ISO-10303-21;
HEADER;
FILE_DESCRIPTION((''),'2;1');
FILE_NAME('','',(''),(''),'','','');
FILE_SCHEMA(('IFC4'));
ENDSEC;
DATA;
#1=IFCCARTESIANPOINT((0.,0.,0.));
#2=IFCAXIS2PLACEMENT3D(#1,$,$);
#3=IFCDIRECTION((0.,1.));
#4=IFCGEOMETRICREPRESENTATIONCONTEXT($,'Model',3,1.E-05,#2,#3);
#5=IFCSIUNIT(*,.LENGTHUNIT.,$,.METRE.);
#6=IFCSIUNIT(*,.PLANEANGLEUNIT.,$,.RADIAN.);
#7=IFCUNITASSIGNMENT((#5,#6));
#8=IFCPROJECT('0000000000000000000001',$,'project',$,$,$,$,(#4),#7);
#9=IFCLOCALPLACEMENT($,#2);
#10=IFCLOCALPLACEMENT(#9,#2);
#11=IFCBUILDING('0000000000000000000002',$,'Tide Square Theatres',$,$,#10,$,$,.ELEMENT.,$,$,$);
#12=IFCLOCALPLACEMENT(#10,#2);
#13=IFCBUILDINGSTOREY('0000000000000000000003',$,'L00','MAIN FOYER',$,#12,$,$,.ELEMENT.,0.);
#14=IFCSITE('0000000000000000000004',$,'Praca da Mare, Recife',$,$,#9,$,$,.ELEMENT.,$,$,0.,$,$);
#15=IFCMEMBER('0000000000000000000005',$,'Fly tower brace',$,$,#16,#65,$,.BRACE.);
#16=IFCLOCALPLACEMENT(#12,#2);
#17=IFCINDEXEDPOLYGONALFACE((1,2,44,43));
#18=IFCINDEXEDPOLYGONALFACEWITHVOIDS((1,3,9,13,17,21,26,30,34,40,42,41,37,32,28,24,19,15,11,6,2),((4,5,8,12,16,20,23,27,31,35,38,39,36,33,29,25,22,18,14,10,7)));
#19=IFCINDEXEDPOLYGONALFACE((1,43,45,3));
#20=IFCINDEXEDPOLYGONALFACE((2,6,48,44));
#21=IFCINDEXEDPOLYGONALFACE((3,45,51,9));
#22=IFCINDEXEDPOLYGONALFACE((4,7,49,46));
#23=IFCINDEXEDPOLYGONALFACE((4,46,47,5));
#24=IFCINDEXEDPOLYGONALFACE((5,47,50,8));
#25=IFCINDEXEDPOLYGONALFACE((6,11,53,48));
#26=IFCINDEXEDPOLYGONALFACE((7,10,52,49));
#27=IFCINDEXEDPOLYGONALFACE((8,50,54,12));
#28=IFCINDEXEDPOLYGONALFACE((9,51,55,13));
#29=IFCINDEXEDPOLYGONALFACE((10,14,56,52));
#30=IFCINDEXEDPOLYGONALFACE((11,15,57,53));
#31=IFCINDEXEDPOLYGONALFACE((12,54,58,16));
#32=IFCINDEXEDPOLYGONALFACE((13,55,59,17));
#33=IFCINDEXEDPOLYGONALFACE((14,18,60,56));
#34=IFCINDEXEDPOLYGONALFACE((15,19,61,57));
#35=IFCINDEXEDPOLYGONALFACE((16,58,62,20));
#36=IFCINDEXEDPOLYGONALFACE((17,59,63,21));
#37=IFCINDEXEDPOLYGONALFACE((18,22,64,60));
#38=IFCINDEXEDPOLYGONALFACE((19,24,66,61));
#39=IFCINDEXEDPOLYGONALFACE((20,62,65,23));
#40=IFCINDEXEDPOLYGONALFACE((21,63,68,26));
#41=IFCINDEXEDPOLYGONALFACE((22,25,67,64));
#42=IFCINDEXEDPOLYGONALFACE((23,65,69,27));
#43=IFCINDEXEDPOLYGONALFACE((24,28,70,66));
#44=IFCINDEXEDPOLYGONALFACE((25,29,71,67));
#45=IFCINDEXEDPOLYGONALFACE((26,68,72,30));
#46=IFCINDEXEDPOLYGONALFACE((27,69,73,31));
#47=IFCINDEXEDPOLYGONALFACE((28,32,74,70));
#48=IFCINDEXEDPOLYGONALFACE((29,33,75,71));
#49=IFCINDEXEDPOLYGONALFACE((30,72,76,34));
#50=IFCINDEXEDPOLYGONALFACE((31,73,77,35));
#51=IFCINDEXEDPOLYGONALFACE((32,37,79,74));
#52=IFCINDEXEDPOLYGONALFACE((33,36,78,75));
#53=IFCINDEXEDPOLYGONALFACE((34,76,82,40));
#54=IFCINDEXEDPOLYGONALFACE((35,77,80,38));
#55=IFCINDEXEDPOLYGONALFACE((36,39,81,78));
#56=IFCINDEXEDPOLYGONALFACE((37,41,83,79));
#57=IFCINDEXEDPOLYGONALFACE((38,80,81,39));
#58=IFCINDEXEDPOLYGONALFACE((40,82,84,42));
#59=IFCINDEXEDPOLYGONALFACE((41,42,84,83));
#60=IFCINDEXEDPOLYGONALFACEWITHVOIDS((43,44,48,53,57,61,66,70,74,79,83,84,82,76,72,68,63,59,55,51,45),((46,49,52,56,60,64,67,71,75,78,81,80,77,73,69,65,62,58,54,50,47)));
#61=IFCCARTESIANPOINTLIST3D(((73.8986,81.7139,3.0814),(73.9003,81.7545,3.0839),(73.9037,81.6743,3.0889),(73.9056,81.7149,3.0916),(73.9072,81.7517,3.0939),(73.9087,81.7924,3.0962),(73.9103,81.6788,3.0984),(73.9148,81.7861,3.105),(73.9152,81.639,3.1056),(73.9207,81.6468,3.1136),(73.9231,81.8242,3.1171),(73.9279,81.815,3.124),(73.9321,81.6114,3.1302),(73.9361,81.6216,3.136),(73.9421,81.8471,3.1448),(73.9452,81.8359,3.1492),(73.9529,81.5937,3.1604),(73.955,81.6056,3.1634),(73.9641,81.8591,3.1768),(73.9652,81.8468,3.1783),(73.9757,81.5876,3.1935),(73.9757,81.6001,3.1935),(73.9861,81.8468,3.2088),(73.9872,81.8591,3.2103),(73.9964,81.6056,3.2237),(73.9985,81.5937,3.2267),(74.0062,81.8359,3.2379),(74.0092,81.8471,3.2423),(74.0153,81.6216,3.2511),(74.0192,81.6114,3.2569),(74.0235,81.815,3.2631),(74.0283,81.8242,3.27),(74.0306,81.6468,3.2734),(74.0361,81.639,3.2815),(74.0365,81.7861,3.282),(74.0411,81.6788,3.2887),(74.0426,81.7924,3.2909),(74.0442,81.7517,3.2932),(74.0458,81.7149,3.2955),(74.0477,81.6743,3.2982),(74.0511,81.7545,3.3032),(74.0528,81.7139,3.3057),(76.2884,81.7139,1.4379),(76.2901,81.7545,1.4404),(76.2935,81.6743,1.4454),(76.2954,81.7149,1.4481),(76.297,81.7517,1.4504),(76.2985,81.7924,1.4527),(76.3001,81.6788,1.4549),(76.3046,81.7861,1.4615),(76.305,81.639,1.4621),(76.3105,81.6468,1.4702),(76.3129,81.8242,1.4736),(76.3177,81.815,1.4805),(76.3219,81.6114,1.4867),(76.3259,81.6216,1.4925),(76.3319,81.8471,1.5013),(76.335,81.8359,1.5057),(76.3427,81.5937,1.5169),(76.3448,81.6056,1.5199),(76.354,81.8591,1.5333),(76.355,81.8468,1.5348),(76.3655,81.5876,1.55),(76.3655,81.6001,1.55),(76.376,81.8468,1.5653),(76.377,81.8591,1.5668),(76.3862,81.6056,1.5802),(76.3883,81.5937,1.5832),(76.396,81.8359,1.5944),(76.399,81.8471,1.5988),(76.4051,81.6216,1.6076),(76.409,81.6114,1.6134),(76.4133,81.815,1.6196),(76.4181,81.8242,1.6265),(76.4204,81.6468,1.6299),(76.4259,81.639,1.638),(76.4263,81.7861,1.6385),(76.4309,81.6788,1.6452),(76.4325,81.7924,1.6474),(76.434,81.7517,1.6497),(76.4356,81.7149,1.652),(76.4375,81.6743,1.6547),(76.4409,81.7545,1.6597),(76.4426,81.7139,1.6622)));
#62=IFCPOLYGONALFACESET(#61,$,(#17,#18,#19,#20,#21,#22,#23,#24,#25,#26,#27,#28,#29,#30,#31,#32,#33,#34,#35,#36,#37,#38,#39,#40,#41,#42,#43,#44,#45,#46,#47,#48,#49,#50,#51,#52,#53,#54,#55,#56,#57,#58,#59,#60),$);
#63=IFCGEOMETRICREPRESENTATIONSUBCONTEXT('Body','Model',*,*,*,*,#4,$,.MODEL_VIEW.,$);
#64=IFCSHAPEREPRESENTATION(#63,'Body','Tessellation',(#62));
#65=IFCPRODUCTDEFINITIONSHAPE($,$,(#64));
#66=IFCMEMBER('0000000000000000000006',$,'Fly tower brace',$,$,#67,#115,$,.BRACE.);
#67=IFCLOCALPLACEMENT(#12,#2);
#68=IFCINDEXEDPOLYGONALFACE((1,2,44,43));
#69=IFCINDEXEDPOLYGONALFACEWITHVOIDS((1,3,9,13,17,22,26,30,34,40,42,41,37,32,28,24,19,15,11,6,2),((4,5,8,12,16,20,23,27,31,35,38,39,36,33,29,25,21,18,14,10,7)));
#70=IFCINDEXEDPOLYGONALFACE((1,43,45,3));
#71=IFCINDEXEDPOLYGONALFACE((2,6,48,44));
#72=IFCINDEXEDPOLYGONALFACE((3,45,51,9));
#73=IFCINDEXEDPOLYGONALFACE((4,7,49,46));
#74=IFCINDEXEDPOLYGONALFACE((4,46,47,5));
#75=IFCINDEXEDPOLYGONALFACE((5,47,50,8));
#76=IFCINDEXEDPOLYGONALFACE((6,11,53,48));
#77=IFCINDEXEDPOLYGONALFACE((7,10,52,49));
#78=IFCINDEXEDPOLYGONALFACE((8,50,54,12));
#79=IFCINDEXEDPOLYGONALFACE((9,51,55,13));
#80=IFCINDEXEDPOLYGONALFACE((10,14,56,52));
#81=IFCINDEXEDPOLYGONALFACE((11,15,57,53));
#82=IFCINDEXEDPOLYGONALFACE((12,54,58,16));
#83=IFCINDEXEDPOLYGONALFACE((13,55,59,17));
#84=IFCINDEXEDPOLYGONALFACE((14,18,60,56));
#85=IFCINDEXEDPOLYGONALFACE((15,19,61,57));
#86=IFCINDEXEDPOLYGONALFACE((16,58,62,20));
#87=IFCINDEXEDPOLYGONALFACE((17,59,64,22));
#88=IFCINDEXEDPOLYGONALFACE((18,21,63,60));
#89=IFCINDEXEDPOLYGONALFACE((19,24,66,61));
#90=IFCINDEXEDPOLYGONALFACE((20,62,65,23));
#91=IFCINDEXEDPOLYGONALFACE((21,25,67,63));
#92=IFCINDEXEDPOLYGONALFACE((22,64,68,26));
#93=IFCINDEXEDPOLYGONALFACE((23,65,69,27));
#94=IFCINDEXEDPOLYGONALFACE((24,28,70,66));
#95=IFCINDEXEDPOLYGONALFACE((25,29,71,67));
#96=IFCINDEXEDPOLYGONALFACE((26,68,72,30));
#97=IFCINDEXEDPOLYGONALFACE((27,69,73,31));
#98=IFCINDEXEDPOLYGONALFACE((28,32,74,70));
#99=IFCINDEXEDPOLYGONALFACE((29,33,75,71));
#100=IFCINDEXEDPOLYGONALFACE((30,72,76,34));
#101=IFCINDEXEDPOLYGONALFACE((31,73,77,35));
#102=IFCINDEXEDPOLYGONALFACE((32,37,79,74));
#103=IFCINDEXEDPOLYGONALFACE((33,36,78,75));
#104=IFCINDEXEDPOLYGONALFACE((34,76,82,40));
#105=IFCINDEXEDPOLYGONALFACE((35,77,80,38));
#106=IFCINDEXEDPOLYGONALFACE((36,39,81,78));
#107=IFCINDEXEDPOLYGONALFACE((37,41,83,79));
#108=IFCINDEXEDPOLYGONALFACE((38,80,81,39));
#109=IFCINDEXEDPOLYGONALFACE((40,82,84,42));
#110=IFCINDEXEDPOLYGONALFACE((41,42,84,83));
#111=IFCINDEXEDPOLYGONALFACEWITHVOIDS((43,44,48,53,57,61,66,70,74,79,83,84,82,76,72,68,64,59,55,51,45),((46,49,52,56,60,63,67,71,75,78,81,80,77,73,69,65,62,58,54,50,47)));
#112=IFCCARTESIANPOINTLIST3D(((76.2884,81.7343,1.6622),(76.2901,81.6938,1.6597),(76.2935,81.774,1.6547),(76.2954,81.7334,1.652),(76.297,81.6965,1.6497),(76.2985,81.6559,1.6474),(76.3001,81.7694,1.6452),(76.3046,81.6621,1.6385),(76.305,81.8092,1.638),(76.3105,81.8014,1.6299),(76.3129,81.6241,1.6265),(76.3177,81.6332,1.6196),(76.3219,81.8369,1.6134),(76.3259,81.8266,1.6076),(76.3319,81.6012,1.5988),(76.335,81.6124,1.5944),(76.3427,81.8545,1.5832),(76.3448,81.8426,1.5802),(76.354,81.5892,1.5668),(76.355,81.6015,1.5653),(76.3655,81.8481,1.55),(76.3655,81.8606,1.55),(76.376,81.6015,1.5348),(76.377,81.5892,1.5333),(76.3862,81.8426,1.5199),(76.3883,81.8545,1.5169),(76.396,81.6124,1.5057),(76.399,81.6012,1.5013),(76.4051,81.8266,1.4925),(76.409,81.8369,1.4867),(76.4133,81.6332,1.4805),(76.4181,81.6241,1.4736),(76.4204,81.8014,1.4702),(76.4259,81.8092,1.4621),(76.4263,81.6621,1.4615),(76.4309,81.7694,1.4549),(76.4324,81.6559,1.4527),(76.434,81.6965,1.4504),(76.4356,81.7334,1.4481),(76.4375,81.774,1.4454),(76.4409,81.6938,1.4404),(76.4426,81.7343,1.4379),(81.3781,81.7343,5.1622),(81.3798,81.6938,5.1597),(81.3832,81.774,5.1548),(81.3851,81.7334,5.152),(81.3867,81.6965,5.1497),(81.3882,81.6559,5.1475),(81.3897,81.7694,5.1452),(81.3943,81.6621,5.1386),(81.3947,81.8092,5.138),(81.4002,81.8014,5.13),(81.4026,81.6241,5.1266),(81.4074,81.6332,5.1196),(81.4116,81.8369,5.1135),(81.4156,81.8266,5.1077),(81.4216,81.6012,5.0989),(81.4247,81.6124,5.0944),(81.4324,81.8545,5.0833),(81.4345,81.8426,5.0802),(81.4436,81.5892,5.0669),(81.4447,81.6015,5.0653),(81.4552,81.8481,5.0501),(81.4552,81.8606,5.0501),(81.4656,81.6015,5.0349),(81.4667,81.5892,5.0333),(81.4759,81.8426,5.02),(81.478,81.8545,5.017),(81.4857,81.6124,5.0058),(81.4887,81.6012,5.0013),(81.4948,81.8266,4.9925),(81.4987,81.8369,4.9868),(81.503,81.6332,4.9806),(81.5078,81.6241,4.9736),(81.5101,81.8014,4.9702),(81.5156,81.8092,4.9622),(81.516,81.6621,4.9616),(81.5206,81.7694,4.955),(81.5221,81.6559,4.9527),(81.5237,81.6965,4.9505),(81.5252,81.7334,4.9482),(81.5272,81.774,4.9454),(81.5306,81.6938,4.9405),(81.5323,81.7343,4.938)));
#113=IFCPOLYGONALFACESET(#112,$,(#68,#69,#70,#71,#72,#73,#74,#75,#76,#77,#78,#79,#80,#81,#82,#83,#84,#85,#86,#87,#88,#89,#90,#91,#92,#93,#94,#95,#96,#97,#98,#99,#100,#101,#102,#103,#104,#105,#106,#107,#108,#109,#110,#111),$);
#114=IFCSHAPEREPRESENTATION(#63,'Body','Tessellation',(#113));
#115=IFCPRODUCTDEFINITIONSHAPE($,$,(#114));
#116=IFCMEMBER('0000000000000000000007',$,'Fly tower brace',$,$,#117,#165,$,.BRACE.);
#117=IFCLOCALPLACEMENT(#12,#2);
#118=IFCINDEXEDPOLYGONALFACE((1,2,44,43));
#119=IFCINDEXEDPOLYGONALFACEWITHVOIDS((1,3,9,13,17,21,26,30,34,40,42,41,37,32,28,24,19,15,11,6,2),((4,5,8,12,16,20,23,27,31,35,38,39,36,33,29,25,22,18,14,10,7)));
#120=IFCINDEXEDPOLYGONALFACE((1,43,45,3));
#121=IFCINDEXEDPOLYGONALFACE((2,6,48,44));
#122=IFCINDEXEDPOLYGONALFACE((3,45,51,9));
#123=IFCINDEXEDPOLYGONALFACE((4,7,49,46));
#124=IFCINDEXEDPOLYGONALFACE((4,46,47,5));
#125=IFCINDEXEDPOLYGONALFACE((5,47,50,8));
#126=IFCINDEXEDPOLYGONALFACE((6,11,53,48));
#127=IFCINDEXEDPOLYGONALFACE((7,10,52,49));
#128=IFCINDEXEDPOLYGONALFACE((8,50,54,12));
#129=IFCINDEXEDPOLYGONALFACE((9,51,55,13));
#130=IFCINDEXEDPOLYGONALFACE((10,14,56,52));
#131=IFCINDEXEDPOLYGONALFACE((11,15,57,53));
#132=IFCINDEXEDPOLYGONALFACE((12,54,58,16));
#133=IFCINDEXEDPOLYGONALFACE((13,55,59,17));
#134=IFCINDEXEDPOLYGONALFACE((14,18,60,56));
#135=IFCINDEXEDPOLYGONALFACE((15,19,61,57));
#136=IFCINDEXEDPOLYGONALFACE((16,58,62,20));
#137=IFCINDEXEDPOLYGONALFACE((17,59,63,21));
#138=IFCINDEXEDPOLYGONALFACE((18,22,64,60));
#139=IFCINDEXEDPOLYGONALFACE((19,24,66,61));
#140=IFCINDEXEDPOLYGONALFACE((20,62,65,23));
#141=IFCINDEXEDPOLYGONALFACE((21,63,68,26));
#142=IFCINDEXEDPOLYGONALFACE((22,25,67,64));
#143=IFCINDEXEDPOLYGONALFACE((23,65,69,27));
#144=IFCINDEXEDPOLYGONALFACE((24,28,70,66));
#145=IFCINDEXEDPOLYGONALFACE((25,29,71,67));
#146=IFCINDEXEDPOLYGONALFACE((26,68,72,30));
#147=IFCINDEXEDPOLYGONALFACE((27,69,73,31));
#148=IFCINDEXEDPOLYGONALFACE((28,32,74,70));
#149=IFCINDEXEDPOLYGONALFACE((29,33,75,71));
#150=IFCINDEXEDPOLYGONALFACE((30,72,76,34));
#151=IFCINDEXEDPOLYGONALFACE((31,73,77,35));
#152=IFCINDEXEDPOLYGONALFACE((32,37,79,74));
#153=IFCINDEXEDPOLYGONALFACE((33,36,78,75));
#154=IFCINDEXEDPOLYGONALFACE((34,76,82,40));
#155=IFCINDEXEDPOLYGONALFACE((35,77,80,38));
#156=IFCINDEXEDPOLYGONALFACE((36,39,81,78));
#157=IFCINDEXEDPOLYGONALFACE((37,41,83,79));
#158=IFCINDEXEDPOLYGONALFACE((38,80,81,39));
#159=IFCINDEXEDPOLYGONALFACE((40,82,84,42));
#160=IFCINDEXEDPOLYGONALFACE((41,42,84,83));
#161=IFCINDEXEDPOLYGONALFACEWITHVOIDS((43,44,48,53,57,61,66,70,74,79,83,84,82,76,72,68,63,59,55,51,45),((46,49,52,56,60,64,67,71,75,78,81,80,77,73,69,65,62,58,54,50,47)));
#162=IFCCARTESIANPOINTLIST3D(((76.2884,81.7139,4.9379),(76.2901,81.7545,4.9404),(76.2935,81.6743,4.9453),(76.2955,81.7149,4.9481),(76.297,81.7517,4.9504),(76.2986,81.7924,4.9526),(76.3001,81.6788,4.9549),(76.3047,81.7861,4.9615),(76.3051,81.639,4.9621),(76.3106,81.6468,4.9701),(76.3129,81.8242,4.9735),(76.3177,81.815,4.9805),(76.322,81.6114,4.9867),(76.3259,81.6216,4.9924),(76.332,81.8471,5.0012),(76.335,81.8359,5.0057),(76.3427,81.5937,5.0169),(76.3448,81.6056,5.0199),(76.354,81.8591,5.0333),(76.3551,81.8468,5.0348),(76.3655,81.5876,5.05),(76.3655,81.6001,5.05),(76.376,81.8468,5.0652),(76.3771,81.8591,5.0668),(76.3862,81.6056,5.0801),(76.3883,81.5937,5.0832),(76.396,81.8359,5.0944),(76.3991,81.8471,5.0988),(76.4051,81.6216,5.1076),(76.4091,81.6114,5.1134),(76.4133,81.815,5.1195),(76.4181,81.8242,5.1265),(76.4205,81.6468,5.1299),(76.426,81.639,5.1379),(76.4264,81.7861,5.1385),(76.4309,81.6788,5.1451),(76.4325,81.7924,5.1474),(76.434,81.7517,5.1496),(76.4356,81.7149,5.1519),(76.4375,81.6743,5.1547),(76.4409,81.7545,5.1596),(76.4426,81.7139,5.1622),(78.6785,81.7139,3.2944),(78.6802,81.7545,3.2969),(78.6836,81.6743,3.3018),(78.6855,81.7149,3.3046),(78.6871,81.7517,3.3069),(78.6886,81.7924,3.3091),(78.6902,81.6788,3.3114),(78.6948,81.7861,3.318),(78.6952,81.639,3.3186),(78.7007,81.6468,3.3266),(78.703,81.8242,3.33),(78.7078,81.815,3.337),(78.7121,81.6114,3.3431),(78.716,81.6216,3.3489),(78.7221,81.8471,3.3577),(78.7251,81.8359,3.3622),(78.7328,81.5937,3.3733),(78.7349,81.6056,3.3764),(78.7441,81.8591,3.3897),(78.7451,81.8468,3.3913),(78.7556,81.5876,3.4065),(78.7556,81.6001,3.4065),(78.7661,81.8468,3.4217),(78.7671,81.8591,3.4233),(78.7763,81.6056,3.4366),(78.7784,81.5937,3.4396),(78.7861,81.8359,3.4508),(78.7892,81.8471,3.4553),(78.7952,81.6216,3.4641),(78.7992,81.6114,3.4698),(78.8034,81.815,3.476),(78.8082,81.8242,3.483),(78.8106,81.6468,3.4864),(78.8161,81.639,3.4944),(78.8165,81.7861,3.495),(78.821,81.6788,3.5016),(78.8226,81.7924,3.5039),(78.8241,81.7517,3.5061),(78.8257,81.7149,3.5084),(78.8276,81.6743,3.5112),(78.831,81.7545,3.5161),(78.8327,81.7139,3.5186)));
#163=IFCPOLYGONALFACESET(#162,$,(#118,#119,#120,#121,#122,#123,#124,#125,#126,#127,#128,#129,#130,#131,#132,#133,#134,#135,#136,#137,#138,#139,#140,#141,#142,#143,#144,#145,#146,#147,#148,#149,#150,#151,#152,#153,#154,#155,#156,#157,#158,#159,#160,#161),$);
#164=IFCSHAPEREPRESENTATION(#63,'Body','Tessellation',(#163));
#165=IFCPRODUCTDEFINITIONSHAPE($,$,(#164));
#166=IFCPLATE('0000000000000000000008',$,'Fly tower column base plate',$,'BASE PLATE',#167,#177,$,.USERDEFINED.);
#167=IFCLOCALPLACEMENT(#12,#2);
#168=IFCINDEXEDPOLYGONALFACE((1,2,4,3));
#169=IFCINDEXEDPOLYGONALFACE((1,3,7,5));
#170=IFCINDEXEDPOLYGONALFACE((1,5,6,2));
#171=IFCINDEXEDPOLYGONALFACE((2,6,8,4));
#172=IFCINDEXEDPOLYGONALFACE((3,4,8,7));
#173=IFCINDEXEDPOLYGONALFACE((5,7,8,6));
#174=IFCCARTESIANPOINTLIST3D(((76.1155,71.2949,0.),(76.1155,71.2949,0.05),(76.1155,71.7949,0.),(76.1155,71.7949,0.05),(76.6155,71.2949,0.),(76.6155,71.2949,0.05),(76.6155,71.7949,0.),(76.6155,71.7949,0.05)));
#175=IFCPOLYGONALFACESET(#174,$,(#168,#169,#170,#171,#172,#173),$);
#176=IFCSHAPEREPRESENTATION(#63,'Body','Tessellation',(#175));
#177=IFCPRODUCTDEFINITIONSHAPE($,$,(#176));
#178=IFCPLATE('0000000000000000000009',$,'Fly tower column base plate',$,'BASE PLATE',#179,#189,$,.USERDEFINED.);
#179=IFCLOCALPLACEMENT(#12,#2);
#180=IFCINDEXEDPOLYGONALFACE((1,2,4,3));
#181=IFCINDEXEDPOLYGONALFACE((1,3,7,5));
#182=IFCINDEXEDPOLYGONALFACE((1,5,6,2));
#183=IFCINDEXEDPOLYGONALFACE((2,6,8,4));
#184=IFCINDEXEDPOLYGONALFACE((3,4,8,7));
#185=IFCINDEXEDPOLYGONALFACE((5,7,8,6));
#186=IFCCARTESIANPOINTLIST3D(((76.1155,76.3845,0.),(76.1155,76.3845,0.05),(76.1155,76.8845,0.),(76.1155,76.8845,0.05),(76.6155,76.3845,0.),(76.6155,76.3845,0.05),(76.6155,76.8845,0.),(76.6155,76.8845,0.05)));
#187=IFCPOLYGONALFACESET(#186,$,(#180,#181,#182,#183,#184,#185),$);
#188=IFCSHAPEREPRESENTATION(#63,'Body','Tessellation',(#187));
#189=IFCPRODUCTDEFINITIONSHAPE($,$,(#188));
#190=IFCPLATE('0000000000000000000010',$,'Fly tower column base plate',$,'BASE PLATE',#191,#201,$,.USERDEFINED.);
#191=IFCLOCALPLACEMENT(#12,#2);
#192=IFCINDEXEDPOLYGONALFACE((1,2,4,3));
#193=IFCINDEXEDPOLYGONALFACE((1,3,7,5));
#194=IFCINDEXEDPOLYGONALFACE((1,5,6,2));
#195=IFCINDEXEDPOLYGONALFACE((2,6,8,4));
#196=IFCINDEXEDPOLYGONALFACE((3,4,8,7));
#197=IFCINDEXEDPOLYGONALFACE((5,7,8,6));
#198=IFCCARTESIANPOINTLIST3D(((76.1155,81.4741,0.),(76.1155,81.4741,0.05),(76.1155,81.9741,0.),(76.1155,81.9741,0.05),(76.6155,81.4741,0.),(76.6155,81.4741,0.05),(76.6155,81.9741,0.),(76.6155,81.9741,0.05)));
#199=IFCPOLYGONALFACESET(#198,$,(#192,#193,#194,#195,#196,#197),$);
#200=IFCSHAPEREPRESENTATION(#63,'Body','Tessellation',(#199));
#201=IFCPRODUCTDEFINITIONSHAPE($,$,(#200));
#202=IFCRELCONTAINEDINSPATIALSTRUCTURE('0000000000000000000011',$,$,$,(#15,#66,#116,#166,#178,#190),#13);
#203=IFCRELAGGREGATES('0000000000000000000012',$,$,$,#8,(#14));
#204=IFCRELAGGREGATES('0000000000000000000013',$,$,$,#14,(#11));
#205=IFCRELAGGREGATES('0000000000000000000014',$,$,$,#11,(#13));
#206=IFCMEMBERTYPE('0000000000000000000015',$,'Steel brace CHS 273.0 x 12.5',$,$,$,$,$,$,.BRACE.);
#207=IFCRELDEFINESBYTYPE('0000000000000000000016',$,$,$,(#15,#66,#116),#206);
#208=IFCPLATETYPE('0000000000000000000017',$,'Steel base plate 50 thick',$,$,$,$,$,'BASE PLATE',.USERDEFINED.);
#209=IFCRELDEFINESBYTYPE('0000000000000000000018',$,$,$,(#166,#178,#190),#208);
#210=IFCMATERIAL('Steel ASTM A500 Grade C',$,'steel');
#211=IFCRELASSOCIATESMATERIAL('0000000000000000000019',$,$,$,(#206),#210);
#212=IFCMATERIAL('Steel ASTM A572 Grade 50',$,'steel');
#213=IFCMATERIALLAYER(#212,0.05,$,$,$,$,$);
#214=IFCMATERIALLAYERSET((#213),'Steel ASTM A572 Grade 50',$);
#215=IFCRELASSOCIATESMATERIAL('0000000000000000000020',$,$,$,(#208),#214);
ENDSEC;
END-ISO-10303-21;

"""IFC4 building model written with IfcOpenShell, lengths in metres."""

from ifc_helpers import new_model, si_unit, direction, frame, origin, origin_2d, place, context, subcontext, project, spatial, rectangle, hollow_circle, extrude, material, layer, layer_set, material_profile, profile_set, type_object, element, save


model = new_model("IFC4")

# Units and contexts
model_context = context("Model", 3, precision=1e-05, world=origin(), true_north=direction((0.0, 1.0)))
body_context = subcontext(model_context, "Body", "Model", "MODEL_VIEW")
ifc_project = project(units=[si_unit("LENGTHUNIT", "METRE"), si_unit("PLANEANGLEUNIT", "RADIAN")], contexts=[model_context])

# Site, building, storey
site_placement = place(None, origin())
site = spatial("IfcSite", under=ifc_project, at=site_placement, Name="Praca da Mare, Recife", CompositionType="ELEMENT", RefElevation=0.0)
building_placement = place(site_placement, origin())
building = spatial("IfcBuilding", under=site, at=building_placement, Name="Tide Square Theatres", CompositionType="ELEMENT")
storey_placement = place(building_placement, origin())
storey = spatial("IfcBuildingStorey", under=building, at=storey_placement, Name="L00", Description="MAIN FOYER", CompositionType="ELEMENT", Elevation=0.0)

# Members
ifc_material_1 = material(Name="Steel ASTM A500 Grade C", Category="steel")
ifc_material_profile_1 = material_profile(ifc_material_1, hollow_circle(Radius=0.1365, WallThickness=0.0125, at=origin_2d()))
ifc_profile_set_1 = profile_set([ifc_material_profile_1], Name="Steel ASTM A500 Grade C")
member_type = type_object("IfcMemberType", Name="Steel brace CHS 273.0 x 12.5", PredefinedType="BRACE", material=ifc_profile_set_1)
member_1_placement = place(storey_placement, frame((76.3655, 81.7241, 1.55), z_axis=(-0.823961, 0.0, 0.566647), x_axis=(0.0, -1.0, 0.0)))
element("IfcMember", 1, at=member_1_placement, inside=storey, type_object=member_type, Name="Fly tower brace", PredefinedType="BRACE", context=body_context, shape_type="SweptSolid", body=[
    extrude(hollow_circle(Radius=0.1365, WallThickness=0.0125, at=origin_2d()), origin(), (0.0, 0.0, 1.0), 2.9004),
])
member_2_placement = place(storey_placement, frame((76.3655, 81.7241, 1.55), z_axis=(0.823974, 0.0, 0.566628), x_axis=(0.0, 1.0, 0.0)))
element("IfcMember", 2, at=member_2_placement, inside=storey, type_object=member_type, Name="Fly tower brace", PredefinedType="BRACE", context=body_context, shape_type="SweptSolid", body=[
    extrude(hollow_circle(Radius=0.1365, WallThickness=0.0125, at=origin_2d()), origin(), (0.0, 0.0, 1.0), 6.177),
])
member_3_placement = place(storey_placement, frame((78.7556, 81.7241, 3.4065), z_axis=(-0.823988, 0.0, 0.566607), x_axis=(0.0, -1.0, 0.0)))
element("IfcMember", 3, at=member_3_placement, inside=storey, type_object=member_type, Name="Fly tower brace", PredefinedType="BRACE", context=body_context, shape_type="SweptSolid", body=[
    extrude(hollow_circle(Radius=0.1365, WallThickness=0.0125, at=origin_2d()), origin(), (0.0, 0.0, 1.0), 2.9006),
])

# Plates
ifc_material_2 = material(Name="Steel ASTM A572 Grade 50", Category="steel")
ifc_layer = layer(ifc_material_2, 0.05)
ifc_layer_set = layer_set([ifc_layer], Name="Steel ASTM A572 Grade 50")
plate_type = type_object("IfcPlateType", Name="Steel base plate 50 thick", ElementType="BASE PLATE", PredefinedType="USERDEFINED", material=ifc_layer_set)
for number, where, z_axis, x_axis, name in (
    (4, (76.3655, 71.5449, 0.0), (0.0, 0.0, 1.0), (1.0, 0.0, 0.0), "Fly tower column base plate"),
    (5, (76.3655, 76.6345, 0.0), (0.0, 0.0, 1.0), (1.0, 0.0, 0.0), "Fly tower column base plate"),
    (6, (76.3655, 81.7241, 0.0), (0.0, 0.0, 1.0), (1.0, 0.0, 0.0), "Fly tower column base plate"),
):
    element("IfcPlate", number, at=place(storey_placement, frame(where, z_axis=z_axis, x_axis=x_axis)), inside=storey, type_object=plate_type, Name=name, ObjectType="BASE PLATE", PredefinedType="USERDEFINED", context=body_context, shape_type="SweptSolid", body=[
        extrude(rectangle(XDim=0.5, YDim=0.5, at=origin_2d()), origin(), (0.0, 0.0, 1.0), 0.05),
    ])

save(model, "model.ifc")
